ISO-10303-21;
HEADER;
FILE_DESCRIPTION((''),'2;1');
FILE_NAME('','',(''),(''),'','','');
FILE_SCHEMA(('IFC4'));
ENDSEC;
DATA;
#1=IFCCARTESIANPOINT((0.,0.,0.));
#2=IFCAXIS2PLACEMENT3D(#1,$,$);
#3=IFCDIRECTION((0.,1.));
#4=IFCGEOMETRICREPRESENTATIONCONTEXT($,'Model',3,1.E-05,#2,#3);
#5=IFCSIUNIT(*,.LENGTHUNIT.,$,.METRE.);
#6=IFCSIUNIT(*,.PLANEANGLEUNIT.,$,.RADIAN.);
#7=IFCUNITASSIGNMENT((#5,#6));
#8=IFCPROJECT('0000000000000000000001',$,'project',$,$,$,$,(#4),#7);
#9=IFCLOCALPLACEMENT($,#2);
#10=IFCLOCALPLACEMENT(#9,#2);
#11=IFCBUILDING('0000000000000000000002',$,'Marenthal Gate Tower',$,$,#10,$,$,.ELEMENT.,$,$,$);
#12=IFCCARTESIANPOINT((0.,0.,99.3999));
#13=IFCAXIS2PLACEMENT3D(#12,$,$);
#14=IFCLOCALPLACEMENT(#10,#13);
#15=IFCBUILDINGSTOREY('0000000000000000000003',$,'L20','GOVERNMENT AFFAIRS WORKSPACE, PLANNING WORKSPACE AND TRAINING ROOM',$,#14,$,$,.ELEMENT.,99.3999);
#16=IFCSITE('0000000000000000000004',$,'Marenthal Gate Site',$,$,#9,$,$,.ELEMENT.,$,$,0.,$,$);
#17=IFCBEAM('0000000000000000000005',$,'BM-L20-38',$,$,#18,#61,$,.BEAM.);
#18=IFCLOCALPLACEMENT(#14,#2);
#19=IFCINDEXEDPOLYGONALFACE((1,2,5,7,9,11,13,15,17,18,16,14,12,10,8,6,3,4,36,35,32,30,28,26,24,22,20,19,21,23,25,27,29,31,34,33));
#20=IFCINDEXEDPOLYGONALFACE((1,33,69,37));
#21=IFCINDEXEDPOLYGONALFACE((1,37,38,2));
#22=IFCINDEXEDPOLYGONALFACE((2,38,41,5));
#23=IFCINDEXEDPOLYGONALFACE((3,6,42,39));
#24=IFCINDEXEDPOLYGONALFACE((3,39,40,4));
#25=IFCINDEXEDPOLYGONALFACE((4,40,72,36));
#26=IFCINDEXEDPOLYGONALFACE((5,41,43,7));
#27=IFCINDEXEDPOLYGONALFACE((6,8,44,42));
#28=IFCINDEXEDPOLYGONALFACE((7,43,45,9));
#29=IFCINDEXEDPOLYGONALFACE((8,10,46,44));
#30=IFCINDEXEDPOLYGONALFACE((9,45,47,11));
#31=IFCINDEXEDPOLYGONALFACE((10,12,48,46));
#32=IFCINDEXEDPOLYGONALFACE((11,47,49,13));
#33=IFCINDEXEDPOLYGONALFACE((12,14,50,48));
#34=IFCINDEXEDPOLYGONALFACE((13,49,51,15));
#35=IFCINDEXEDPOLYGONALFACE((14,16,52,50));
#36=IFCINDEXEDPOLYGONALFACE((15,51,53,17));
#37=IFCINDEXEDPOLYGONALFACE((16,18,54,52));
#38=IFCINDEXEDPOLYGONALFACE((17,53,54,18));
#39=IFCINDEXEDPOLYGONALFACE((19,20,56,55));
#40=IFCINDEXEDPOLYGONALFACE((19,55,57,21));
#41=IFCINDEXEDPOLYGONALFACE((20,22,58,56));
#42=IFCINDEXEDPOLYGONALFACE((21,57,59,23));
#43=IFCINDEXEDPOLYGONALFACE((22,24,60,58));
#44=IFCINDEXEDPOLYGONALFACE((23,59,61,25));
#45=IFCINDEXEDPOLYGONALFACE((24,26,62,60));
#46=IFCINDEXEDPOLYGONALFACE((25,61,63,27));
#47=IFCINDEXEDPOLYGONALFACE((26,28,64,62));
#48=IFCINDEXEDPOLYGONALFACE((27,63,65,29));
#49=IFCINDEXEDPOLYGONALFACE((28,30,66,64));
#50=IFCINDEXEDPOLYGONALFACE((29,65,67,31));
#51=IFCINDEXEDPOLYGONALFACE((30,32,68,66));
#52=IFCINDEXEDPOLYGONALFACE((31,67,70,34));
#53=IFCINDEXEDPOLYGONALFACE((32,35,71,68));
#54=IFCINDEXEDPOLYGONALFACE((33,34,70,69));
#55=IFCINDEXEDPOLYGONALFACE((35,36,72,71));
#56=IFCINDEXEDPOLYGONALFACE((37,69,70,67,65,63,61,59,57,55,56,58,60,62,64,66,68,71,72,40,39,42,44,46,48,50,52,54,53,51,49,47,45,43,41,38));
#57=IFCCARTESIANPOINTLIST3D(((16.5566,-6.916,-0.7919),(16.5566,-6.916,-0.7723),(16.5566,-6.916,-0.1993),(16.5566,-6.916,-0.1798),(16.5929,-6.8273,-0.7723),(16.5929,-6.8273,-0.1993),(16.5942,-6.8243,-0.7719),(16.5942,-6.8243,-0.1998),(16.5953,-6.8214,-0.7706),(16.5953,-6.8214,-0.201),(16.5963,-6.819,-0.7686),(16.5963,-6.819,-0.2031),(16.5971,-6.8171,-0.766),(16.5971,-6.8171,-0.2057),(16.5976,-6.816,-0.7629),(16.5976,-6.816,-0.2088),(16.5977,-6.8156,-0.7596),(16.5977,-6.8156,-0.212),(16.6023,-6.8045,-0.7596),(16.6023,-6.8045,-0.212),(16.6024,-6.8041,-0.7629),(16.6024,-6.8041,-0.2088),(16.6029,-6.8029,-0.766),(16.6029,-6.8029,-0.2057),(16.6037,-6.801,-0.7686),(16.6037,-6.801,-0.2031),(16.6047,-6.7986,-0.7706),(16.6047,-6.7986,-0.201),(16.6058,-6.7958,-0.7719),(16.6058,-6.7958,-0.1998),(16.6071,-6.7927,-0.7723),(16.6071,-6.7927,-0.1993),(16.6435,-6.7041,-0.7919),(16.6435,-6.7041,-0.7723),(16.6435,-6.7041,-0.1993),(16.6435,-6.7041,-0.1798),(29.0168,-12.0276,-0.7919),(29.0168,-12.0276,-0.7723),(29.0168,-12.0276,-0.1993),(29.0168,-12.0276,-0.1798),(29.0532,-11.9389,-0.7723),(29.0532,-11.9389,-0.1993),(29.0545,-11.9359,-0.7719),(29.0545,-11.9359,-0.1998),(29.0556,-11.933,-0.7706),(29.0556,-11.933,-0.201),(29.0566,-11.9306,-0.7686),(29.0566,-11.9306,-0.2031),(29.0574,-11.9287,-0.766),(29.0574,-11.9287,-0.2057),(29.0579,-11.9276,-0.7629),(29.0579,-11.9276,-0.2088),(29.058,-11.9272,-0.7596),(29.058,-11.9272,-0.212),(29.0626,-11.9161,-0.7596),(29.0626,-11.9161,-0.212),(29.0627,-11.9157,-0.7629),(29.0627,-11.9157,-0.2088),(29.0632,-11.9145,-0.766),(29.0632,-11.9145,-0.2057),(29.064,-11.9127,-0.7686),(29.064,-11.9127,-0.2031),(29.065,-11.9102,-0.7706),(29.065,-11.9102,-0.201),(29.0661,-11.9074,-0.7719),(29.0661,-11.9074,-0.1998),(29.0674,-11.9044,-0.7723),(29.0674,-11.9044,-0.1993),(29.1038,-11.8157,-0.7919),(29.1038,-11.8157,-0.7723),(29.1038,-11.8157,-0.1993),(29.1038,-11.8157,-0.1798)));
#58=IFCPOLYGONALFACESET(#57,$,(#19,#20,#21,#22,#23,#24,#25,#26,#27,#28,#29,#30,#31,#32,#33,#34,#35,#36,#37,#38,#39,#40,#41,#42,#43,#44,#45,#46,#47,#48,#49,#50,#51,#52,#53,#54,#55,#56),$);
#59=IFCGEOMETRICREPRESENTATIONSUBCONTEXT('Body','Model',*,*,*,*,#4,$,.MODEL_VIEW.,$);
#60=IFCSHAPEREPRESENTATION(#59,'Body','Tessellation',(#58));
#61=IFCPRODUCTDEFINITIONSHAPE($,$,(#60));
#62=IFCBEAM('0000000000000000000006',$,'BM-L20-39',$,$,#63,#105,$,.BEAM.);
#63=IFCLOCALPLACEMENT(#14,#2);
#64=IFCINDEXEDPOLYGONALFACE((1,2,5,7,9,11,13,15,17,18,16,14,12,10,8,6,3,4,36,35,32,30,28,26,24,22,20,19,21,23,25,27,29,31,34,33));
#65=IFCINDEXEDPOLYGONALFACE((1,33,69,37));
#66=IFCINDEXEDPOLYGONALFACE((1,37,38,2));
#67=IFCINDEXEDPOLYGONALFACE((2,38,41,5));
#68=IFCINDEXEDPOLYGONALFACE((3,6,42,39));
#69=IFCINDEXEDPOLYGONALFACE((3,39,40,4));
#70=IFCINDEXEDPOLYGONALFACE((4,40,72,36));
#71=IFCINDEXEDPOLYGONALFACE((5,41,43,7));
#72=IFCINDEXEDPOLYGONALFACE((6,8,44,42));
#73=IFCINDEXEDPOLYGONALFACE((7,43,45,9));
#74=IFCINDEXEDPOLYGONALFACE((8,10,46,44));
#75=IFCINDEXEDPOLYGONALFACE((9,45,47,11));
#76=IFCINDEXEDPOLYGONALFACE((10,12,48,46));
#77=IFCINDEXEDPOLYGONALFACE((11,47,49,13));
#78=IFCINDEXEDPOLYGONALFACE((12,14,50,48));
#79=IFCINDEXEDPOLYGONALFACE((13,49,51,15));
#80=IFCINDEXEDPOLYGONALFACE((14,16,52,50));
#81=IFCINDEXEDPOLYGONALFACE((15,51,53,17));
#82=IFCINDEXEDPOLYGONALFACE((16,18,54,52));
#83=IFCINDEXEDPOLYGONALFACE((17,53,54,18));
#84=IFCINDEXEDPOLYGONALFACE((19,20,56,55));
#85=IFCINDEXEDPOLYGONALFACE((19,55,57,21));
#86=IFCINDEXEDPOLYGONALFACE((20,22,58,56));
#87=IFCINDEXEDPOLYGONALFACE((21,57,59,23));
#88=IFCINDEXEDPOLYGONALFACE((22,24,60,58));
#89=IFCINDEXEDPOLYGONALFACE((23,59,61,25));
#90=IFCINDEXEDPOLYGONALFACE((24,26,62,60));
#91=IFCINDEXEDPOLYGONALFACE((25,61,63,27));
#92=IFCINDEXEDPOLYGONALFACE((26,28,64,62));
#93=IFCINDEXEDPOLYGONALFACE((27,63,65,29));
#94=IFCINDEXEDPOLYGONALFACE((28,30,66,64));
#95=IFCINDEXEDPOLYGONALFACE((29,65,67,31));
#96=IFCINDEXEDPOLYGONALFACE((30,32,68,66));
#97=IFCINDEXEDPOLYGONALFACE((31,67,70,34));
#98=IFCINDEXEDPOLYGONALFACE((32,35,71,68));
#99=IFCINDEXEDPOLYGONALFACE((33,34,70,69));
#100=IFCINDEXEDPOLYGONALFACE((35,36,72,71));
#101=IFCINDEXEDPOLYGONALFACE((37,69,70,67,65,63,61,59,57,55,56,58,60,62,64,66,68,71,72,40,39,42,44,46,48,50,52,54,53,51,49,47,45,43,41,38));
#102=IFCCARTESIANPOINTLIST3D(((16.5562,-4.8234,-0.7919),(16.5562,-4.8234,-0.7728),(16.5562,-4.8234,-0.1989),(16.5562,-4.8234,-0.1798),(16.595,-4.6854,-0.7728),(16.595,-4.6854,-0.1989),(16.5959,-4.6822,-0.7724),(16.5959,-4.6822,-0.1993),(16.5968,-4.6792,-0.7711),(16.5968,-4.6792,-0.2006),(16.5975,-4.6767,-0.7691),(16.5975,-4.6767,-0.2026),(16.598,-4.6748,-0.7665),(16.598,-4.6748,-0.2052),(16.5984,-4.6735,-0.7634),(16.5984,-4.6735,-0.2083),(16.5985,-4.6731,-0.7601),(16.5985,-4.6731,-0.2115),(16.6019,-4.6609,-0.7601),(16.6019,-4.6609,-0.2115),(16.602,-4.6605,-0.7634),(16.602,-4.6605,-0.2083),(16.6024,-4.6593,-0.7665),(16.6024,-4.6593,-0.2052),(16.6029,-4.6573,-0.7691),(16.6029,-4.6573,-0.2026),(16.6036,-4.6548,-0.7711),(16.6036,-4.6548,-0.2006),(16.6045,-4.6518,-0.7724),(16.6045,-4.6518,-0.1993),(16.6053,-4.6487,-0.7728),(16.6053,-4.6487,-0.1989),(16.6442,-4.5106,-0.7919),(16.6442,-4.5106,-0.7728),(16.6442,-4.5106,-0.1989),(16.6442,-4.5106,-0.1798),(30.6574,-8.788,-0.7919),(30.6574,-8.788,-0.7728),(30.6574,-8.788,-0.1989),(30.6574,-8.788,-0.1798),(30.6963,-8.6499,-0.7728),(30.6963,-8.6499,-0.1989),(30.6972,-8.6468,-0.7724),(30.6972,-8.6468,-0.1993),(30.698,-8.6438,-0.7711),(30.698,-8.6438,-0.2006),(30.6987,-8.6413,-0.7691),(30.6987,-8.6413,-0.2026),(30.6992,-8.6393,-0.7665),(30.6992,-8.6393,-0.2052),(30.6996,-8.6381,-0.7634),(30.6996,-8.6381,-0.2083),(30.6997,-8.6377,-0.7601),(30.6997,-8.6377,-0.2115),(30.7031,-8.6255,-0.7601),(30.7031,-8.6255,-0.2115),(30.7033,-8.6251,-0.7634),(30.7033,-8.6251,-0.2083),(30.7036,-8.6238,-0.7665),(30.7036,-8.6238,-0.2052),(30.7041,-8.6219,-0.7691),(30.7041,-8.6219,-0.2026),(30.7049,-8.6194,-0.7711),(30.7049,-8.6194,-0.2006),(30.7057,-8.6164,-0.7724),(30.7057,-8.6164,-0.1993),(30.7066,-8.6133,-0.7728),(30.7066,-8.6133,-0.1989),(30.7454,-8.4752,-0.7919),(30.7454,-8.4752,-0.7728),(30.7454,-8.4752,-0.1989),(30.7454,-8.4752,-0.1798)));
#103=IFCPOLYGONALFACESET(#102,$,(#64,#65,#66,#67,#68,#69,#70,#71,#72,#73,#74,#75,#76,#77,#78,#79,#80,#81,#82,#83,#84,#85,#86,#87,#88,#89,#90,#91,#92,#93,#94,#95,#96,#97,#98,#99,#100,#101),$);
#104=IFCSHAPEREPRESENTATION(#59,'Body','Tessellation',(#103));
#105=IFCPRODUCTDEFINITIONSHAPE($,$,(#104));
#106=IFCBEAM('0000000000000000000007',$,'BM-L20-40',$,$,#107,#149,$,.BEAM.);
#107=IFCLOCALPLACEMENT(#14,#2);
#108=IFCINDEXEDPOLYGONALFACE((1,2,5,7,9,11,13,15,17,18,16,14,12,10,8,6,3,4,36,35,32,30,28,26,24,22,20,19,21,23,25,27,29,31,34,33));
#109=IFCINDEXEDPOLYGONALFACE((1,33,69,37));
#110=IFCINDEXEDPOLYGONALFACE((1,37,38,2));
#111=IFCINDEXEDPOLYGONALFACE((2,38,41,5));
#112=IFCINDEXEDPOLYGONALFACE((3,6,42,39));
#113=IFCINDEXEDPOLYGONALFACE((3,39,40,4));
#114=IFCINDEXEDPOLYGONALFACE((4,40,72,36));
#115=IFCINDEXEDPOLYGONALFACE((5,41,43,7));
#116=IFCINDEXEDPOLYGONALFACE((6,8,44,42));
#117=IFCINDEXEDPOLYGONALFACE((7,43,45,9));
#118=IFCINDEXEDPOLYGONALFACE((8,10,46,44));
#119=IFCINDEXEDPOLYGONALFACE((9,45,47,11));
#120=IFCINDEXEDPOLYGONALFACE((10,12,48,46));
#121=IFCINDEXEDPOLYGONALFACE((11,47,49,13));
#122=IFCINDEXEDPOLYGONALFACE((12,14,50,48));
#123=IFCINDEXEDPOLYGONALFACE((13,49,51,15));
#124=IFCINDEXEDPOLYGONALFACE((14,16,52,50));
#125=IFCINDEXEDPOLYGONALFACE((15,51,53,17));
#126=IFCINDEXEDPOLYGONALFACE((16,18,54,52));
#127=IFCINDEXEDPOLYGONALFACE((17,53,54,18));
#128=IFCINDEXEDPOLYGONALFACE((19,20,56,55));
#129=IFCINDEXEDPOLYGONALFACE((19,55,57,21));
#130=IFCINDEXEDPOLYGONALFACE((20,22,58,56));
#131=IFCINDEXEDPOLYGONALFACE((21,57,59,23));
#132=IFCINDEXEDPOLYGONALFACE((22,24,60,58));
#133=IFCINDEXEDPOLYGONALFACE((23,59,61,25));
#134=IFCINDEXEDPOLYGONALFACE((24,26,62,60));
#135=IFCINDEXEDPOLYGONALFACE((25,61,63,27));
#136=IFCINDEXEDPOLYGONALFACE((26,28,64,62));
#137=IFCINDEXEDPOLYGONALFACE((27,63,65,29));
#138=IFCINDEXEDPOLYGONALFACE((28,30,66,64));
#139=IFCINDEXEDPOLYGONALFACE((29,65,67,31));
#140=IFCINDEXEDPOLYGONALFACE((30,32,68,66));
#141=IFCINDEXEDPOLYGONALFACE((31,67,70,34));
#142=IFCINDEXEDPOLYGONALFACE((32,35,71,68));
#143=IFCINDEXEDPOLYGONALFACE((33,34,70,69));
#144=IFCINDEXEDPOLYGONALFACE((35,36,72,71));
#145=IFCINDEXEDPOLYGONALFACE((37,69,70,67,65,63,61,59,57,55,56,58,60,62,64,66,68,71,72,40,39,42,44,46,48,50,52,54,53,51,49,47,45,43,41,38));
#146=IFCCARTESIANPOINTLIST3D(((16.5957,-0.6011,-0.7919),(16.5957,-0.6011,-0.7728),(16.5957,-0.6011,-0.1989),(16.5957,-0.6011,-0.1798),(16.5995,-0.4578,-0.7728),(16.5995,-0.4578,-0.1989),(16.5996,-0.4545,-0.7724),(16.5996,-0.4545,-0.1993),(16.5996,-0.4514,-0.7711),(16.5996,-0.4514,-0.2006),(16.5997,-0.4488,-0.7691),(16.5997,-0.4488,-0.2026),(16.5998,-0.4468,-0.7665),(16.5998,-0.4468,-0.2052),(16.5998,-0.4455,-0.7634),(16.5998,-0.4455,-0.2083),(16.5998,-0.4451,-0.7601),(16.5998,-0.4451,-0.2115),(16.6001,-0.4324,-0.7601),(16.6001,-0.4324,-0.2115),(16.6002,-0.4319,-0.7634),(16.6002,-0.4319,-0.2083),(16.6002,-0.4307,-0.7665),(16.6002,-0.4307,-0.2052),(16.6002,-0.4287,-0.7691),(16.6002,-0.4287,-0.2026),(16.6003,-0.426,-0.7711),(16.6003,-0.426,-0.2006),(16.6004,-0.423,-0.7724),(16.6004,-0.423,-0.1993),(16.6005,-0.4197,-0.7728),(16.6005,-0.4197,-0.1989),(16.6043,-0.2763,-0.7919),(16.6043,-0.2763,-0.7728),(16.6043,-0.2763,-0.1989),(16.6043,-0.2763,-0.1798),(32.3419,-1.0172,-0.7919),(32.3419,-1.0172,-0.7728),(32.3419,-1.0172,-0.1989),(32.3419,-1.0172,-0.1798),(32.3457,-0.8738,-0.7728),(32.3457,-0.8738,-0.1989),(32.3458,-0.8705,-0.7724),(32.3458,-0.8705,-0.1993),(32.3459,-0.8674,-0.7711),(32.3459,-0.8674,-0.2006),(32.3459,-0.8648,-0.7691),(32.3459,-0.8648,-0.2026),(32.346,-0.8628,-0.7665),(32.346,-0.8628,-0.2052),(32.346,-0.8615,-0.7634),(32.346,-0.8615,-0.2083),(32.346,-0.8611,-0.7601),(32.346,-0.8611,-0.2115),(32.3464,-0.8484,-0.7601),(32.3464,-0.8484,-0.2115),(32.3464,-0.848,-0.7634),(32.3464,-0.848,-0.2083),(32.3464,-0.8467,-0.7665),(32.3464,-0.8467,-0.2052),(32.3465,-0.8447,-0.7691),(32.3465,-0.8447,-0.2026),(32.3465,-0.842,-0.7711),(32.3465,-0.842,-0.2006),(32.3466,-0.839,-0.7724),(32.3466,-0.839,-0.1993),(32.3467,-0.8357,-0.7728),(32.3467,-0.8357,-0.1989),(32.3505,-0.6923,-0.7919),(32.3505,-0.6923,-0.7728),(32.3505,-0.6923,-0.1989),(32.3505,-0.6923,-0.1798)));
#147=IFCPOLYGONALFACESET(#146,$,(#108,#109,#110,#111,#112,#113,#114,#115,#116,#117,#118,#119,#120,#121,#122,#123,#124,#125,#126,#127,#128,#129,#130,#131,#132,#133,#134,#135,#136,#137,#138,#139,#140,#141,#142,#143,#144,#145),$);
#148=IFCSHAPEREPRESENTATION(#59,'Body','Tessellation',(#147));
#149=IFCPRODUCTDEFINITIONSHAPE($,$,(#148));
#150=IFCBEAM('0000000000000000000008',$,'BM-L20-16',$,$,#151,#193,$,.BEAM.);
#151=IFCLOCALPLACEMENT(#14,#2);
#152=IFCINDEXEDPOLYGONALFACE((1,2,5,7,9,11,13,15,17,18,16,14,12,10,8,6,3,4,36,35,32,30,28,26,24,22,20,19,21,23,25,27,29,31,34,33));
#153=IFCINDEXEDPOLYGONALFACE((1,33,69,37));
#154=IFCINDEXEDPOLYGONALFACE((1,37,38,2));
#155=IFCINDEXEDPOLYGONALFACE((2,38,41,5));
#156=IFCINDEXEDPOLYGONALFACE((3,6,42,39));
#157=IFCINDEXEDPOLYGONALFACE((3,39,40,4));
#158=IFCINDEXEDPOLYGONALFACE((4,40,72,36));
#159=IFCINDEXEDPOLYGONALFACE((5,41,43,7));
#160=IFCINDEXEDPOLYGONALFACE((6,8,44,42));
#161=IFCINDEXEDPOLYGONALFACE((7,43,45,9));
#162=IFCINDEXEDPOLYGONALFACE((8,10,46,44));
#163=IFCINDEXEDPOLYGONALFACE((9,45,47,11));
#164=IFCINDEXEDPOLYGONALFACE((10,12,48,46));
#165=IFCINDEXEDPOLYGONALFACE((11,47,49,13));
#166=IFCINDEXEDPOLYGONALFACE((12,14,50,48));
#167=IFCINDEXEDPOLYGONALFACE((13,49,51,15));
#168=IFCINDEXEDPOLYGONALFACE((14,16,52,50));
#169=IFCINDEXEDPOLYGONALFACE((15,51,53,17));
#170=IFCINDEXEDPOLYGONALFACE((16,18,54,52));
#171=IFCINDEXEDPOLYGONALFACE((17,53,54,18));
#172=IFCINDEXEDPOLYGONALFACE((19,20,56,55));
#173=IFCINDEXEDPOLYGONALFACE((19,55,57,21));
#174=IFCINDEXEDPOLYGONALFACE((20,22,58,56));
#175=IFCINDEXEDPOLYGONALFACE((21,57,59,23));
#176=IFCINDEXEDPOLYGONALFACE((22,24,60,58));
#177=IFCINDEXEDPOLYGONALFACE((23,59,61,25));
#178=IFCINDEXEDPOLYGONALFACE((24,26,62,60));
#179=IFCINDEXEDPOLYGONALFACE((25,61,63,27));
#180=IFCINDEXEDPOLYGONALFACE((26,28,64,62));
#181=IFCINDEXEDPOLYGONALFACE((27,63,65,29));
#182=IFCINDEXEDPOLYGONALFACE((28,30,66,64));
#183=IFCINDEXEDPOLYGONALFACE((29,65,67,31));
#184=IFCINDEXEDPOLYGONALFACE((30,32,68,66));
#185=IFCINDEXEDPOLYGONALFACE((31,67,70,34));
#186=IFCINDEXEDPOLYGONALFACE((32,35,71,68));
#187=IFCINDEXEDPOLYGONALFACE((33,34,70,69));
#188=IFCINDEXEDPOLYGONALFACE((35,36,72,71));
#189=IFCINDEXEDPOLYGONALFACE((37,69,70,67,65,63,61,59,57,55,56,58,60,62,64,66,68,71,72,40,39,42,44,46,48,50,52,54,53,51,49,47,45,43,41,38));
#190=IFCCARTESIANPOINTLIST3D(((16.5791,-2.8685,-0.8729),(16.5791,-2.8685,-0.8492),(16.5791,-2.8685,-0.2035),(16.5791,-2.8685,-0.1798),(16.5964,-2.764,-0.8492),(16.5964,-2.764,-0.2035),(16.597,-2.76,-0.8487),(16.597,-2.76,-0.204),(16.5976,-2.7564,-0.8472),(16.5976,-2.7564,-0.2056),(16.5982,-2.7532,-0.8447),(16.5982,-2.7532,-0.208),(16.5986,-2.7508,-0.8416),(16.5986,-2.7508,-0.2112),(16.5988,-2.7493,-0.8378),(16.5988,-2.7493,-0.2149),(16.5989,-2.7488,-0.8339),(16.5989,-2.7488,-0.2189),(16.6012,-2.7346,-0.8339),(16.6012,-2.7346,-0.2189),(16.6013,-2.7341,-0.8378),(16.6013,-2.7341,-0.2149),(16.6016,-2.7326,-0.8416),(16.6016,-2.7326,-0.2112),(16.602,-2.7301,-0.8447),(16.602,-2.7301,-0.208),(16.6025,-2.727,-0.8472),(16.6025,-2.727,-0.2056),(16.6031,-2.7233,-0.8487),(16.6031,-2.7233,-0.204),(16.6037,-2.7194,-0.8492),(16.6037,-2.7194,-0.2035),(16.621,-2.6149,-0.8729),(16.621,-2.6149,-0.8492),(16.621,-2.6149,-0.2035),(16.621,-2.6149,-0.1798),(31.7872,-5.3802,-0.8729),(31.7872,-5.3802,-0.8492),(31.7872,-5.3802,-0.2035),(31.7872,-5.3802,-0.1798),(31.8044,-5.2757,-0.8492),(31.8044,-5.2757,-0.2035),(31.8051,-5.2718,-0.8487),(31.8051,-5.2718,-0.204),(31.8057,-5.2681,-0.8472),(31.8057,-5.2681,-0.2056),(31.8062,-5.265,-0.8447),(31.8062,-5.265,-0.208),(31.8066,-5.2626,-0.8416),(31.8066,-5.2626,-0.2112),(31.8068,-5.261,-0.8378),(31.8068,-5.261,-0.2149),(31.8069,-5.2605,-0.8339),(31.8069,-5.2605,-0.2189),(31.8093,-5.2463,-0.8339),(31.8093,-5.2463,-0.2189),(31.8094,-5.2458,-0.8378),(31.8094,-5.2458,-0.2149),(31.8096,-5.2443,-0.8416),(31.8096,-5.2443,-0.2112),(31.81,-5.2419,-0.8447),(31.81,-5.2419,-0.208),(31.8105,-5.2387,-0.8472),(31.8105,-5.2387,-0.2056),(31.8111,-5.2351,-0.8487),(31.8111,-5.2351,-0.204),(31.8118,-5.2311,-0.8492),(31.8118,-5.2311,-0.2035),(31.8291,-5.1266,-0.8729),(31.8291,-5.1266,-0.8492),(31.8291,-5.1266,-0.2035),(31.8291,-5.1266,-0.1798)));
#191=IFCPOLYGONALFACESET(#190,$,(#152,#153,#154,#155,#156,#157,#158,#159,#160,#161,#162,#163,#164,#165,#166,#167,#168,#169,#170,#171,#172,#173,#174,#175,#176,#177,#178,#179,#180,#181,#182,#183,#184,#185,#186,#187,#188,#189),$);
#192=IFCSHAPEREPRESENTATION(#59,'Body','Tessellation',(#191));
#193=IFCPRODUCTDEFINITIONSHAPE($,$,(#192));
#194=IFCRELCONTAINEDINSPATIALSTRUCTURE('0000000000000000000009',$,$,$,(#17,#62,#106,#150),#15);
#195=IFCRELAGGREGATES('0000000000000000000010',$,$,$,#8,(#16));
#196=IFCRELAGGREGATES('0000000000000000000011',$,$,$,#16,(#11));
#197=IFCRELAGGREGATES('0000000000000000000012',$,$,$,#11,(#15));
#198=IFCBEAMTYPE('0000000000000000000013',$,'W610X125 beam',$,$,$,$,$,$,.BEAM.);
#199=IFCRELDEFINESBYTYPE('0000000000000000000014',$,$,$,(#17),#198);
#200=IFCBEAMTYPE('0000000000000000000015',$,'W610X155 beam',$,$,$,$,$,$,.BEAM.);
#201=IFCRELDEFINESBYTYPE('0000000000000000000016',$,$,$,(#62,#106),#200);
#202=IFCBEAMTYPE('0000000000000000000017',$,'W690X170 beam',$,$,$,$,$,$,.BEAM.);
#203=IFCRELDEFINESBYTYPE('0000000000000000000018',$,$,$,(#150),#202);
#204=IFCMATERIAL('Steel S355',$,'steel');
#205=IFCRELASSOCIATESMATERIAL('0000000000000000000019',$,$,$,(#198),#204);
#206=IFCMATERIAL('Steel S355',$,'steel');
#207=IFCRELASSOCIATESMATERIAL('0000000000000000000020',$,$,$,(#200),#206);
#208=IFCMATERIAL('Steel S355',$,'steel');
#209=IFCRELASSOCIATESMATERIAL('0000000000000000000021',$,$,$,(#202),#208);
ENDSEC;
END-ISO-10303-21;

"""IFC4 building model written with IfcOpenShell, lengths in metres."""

from ifc_helpers import new_model, si_unit, direction, frame, origin, origin_2d, place, context, subcontext, project, spatial, i_section, extrude, material, material_profile, profile_set, type_object, element, save


model = new_model("IFC4")

# Units and contexts
model_context = context("Model", 3, precision=1e-05, world=origin(), true_north=direction((0.0, 1.0)))
body_context = subcontext(model_context, "Body", "Model", "MODEL_VIEW")
ifc_project = project(units=[si_unit("LENGTHUNIT", "METRE"), si_unit("PLANEANGLEUNIT", "RADIAN")], contexts=[model_context])

# Site, building, storey
site_placement = place(None, origin())
site = spatial("IfcSite", under=ifc_project, at=site_placement, Name="Marenthal Gate Site", CompositionType="ELEMENT", RefElevation=0.0)
building_placement = place(site_placement, origin())
building = spatial("IfcBuilding", under=site, at=building_placement, Name="Marenthal Gate Tower", CompositionType="ELEMENT")
storey_placement = place(building_placement, frame((0.0, 0.0, 99.3999)))
storey = spatial("IfcBuildingStorey", under=building, at=storey_placement, Name="L20", Description="GOVERNMENT AFFAIRS WORKSPACE, PLANNING WORKSPACE AND TRAINING ROOM", CompositionType="ELEMENT", Elevation=99.3999)

# Beams
ifc_material_1 = material(Name="Steel S355", Category="steel")
ifc_material_profile_1 = material_profile(ifc_material_1, i_section(OverallWidth=0.229, OverallDepth=0.6121, WebThickness=0.012, FlangeThickness=0.0195, FilletRadius=0.0127, at=origin_2d()), Name="W610X125")
ifc_profile_set_1 = profile_set([ifc_material_profile_1], Name="Steel S355")
beam_type_1 = type_object("IfcBeamType", Name="W610X125 beam", PredefinedType="BEAM", material=ifc_profile_set_1)
beam_1_placement = place(storey_placement, frame((29.0603, -11.9216, -0.4858), z_axis=(-0.925177, 0.379537, 0.0), x_axis=(-0.379537, -0.925177, 0.0)))
element("IfcBeam", 1, at=beam_1_placement, inside=storey, type_object=beam_type_1, Name="BM-L20-38", PredefinedType="BEAM", context=body_context, shape_type="SweptSolid", body=[
    extrude(i_section(OverallWidth=0.229, OverallDepth=0.6121, WebThickness=0.012, FlangeThickness=0.0195, FilletRadius=0.0127, at=origin_2d()), origin(), (0.0, 0.0, 1.0), 13.468),
])
ifc_material_2 = material(Name="Steel S355", Category="steel")
ifc_material_profile_2 = material_profile(ifc_material_2, i_section(OverallWidth=0.325, OverallDepth=0.6121, WebThickness=0.0127, FlangeThickness=0.019, FilletRadius=0.0127, at=origin_2d()), Name="W610X155")
ifc_profile_set_2 = profile_set([ifc_material_profile_2], Name="Steel S355")
beam_type_2 = type_object("IfcBeamType", Name="W610X155 beam", PredefinedType="BEAM", material=ifc_profile_set_2)
beam_2_placement = place(storey_placement, frame((30.7014, -8.6316, -0.4858), z_axis=(-0.962676, 0.270657, 0.0), x_axis=(-0.270657, -0.962676, 0.0)))
element("IfcBeam", 2, at=beam_2_placement, inside=storey, type_object=beam_type_2, Name="BM-L20-39", PredefinedType="BEAM", context=body_context, shape_type="SweptSolid", body=[
    extrude(i_section(OverallWidth=0.325, OverallDepth=0.6121, WebThickness=0.0127, FlangeThickness=0.019, FilletRadius=0.0127, at=origin_2d()), origin(), (0.0, 0.0, 1.0), 14.6479),
])
beam_3_placement = place(storey_placement, frame((32.3462, -0.8547, -0.4858), z_axis=(-0.999651, 0.026411, 0.0), x_axis=(-0.026411, -0.999651, 0.0)))
element("IfcBeam", 3, at=beam_3_placement, inside=storey, type_object=beam_type_2, Name="BM-L20-40", PredefinedType="BEAM", context=body_context, shape_type="SweptSolid", body=[
    extrude(i_section(OverallWidth=0.325, OverallDepth=0.6121, WebThickness=0.0127, FlangeThickness=0.019, FilletRadius=0.0127, at=origin_2d()), origin(), (0.0, 0.0, 1.0), 15.7517),
])
ifc_material_3 = material(Name="Steel S355", Category="steel")
ifc_material_profile_3 = material_profile(ifc_material_3, i_section(OverallWidth=0.2571, OverallDepth=0.6931, WebThickness=0.0144, FlangeThickness=0.0237, FilletRadius=0.0154, at=origin_2d()), Name="W690X170")
ifc_profile_set_3 = profile_set([ifc_material_profile_3], Name="Steel S355")
beam_type_3 = type_object("IfcBeamType", Name="W690X170 beam", PredefinedType="BEAM", material=ifc_profile_set_3)
beam_4_placement = place(storey_placement, frame((31.8081, -5.2534, -0.5264), z_axis=(-0.986634, 0.16295, 0.0), x_axis=(-0.16295, -0.986634, 0.0)))
element("IfcBeam", 4, at=beam_4_placement, inside=storey, type_object=beam_type_3, Name="BM-L20-16", PredefinedType="BEAM", context=body_context, shape_type="SweptSolid", body=[
    extrude(i_section(OverallWidth=0.2571, OverallDepth=0.6931, WebThickness=0.0144, FlangeThickness=0.0237, FilletRadius=0.0154, at=origin_2d()), origin(), (0.0, 0.0, 1.0), 15.4141),
])

save(model, "model.ifc")
